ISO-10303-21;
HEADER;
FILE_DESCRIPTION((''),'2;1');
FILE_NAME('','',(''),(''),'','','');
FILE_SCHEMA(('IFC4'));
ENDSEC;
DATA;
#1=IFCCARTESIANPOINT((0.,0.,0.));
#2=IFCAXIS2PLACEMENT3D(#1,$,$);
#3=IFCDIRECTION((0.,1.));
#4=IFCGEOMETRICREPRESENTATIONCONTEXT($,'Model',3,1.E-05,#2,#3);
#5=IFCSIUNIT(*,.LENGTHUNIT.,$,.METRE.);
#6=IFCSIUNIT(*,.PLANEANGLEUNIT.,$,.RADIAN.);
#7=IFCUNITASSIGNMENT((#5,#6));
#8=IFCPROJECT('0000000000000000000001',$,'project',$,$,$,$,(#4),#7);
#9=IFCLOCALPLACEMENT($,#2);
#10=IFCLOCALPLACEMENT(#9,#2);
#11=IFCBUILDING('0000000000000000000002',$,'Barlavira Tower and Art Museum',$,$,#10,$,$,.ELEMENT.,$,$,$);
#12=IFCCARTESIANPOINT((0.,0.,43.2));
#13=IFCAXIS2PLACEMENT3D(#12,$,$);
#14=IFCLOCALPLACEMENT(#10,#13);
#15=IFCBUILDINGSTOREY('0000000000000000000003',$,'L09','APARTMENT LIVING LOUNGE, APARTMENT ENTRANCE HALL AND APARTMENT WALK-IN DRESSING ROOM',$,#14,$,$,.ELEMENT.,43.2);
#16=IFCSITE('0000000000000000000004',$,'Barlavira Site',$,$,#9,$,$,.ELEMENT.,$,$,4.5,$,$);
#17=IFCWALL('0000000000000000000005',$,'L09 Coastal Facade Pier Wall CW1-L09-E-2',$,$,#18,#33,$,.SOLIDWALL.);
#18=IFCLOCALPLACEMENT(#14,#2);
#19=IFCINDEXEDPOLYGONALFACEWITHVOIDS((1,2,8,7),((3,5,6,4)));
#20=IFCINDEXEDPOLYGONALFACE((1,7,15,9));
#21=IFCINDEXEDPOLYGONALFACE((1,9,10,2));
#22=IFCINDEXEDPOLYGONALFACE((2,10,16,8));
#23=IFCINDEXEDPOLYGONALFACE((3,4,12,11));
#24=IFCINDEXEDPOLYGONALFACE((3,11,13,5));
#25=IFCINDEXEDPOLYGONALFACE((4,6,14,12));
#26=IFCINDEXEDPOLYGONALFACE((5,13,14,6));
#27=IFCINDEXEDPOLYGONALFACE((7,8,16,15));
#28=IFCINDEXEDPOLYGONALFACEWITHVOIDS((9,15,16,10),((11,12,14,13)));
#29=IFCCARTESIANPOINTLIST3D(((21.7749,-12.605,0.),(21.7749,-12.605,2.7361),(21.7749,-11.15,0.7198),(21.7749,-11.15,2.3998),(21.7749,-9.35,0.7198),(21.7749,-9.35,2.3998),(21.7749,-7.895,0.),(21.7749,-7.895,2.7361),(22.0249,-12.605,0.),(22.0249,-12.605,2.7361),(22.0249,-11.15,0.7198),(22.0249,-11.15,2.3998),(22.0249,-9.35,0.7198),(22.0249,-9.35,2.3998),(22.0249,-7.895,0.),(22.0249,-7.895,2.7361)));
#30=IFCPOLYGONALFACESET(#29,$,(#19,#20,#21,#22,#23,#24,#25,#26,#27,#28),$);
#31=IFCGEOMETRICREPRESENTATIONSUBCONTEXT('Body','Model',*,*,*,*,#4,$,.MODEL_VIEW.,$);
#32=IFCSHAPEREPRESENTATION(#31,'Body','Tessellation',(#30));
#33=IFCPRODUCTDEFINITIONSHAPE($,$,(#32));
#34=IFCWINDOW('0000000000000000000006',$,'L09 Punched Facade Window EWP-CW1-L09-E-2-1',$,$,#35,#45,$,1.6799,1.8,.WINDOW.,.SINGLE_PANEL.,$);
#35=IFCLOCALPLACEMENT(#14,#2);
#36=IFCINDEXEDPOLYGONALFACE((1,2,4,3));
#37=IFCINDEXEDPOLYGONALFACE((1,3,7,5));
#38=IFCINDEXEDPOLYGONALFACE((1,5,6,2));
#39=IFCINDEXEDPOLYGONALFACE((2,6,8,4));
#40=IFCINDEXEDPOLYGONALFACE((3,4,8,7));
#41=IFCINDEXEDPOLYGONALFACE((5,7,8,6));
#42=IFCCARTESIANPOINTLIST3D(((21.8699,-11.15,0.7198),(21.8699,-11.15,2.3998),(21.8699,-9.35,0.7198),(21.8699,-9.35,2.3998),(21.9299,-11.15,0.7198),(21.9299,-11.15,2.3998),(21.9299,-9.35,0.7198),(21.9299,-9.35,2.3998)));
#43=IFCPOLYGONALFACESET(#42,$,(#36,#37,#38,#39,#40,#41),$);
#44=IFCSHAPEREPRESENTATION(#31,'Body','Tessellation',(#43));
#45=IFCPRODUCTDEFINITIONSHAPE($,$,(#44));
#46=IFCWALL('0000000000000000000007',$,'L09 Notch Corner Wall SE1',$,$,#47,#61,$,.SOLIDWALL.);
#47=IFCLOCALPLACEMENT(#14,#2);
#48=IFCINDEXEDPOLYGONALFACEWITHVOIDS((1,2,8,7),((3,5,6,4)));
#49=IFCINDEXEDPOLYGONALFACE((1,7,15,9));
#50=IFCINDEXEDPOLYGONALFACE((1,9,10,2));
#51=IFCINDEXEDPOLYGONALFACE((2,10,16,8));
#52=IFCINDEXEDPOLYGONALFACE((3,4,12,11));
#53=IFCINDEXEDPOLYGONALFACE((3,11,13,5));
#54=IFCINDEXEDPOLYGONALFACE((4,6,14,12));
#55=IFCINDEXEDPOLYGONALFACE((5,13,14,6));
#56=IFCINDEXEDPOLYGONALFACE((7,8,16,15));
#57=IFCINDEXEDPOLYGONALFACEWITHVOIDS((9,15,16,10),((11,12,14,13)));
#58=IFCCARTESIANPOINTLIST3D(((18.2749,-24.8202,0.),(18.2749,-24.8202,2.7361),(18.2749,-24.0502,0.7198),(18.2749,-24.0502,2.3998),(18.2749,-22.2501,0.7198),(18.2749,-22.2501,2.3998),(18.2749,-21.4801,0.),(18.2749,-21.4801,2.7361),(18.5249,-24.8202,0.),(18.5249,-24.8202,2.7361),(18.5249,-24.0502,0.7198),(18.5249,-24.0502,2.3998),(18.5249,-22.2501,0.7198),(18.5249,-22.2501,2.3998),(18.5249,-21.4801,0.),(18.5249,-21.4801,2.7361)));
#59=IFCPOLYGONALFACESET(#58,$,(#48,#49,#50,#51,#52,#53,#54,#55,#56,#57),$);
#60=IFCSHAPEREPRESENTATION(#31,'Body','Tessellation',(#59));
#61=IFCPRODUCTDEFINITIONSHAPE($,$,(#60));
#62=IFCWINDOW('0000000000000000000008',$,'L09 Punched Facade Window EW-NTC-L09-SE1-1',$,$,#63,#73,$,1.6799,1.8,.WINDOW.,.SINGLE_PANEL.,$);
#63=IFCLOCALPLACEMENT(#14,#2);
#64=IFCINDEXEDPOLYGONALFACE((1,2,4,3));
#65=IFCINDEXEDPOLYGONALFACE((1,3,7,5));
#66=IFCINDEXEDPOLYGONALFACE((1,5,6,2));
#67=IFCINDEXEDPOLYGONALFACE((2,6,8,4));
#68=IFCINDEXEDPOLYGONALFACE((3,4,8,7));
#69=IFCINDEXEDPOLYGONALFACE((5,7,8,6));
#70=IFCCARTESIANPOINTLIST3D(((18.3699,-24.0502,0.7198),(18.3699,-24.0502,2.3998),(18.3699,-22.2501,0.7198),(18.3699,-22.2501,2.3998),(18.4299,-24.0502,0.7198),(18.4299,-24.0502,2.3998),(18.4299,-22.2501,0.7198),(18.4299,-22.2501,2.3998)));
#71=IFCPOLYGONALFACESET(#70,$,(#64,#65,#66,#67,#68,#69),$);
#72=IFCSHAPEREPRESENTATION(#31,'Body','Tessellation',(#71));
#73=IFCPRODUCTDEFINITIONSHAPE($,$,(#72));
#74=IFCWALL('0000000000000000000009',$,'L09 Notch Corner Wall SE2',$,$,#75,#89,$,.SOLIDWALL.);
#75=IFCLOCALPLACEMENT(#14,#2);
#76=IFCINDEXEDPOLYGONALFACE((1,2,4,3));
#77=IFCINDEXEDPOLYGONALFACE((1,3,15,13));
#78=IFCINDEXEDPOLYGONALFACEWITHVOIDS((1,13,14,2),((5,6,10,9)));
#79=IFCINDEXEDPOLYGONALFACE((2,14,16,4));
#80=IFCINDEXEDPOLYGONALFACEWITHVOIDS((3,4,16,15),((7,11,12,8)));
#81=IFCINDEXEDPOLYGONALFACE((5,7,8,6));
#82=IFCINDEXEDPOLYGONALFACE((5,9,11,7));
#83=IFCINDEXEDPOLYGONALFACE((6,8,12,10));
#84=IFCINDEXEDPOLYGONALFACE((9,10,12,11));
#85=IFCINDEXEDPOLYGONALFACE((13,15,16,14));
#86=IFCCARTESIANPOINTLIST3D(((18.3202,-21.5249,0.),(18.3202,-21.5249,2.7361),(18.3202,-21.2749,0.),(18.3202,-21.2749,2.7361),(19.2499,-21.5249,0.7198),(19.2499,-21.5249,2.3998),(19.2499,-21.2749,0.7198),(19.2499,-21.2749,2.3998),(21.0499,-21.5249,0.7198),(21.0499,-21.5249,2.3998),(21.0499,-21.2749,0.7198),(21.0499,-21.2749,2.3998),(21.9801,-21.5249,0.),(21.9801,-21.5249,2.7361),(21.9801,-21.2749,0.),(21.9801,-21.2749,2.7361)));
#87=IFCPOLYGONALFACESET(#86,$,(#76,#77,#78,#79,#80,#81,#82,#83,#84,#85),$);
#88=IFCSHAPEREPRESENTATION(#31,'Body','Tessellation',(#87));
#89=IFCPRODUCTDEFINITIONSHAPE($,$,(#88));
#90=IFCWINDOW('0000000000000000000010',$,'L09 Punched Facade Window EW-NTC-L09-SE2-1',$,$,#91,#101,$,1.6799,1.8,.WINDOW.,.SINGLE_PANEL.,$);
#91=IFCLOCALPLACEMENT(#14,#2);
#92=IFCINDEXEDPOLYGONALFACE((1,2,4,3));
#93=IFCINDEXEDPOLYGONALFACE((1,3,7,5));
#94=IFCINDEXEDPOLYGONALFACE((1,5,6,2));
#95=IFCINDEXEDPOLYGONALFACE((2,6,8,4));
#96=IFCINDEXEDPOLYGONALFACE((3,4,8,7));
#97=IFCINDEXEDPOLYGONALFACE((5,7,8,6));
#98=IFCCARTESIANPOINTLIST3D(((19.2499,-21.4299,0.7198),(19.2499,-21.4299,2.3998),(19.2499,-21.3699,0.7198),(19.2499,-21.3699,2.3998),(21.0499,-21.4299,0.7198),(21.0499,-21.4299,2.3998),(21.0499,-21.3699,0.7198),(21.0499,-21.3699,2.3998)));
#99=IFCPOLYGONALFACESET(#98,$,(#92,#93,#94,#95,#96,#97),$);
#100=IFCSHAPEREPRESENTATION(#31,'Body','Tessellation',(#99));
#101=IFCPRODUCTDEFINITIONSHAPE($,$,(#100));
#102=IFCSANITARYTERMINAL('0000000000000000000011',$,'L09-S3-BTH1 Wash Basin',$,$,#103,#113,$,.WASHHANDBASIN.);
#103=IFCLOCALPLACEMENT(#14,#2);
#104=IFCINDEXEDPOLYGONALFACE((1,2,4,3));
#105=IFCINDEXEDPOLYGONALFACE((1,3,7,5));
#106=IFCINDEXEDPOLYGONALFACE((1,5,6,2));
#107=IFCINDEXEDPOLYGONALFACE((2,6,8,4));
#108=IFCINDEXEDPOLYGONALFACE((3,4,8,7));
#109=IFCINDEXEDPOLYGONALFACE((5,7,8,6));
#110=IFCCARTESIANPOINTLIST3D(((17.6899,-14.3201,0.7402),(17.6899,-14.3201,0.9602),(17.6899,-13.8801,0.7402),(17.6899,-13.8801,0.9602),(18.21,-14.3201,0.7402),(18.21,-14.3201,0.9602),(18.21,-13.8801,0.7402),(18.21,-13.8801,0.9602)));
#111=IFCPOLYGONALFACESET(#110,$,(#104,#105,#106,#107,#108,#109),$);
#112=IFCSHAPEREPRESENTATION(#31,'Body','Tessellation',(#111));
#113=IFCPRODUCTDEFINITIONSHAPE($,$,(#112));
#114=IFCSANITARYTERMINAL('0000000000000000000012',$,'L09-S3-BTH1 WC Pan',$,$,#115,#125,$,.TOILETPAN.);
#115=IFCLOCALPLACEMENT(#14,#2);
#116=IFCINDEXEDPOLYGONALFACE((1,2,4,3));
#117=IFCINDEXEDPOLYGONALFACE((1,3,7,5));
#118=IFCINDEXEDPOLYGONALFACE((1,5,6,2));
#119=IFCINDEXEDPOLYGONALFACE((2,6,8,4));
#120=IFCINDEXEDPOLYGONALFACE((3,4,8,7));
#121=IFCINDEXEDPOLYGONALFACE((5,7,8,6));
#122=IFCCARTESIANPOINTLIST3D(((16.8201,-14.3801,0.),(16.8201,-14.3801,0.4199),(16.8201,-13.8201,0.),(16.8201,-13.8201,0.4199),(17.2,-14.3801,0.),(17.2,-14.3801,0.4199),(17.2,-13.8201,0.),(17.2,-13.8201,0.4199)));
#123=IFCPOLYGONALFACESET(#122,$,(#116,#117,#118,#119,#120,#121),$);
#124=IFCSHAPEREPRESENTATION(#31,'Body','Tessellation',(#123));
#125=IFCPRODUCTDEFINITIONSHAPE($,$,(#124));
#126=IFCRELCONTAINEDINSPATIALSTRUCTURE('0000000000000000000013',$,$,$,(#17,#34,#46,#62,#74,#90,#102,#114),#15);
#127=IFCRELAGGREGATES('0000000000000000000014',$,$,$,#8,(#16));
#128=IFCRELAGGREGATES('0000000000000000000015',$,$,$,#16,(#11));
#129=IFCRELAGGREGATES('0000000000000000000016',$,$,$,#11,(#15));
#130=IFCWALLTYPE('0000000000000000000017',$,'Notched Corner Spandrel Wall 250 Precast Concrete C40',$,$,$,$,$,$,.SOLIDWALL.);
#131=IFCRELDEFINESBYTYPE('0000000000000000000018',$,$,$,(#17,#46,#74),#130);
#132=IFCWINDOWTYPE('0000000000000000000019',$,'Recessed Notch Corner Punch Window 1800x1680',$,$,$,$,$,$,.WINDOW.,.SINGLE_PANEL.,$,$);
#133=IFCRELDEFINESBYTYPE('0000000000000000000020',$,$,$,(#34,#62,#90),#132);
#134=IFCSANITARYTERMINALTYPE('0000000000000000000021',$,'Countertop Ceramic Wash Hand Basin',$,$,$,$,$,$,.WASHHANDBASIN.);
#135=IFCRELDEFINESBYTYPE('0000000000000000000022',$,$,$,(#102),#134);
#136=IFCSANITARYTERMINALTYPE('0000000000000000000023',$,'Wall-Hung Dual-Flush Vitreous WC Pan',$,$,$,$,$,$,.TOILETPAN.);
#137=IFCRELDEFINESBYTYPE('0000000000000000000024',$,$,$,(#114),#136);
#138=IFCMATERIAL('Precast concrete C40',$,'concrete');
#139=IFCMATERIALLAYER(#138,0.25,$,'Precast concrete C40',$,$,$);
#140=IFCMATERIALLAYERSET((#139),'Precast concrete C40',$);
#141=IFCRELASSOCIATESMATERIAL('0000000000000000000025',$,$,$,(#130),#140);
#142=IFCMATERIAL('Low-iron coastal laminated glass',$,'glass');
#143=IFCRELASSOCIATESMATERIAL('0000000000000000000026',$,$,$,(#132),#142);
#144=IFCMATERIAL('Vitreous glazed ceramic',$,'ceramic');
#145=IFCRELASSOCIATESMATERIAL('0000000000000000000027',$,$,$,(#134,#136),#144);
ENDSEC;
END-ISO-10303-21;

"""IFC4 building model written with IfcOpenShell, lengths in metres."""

from ifc_helpers import new_model, si_unit, direction, frame, frame_2d, origin, origin_2d, place, context, subcontext, project, spatial, rectangle, extrude, material, layer, layer_set, type_object, element, fill, save


model = new_model("IFC4")

# Units and contexts
model_context = context("Model", 3, precision=1e-05, world=origin(), true_north=direction((0.0, 1.0)))
body_context = subcontext(model_context, "Body", "Model", "MODEL_VIEW")
ifc_project = project(units=[si_unit("LENGTHUNIT", "METRE"), si_unit("PLANEANGLEUNIT", "RADIAN")], contexts=[model_context])

# Site, building, storey
site_placement = place(None, origin())
site = spatial("IfcSite", under=ifc_project, at=site_placement, Name="Barlavira Site", CompositionType="ELEMENT", RefElevation=4.5)
building_placement = place(site_placement, origin())
building = spatial("IfcBuilding", under=site, at=building_placement, Name="Barlavira Tower and Art Museum", CompositionType="ELEMENT")
storey_placement = place(building_placement, frame((0.0, 0.0, 43.2)))
storey = spatial("IfcBuildingStorey", under=building, at=storey_placement, Name="L09", Description="APARTMENT LIVING LOUNGE, APARTMENT ENTRANCE HALL AND APARTMENT WALK-IN DRESSING ROOM", CompositionType="ELEMENT", Elevation=43.2)

# Shared definitions
ifc_material_1 = material(Name="Precast concrete C40", Category="concrete")
ifc_layer_1 = layer(ifc_material_1, 0.25, Name="Precast concrete C40")
ifc_layer_set_1 = layer_set([ifc_layer_1], Name="Precast concrete C40")
wall_type_1 = type_object("IfcWallType", Name="Notched Corner Spandrel Wall 250 Precast Concrete C40", PredefinedType="SOLIDWALL", material=ifc_layer_set_1)
ifc_material_2 = material(Name="Low-iron coastal laminated glass", Category="glass")
window_type = type_object("IfcWindowType", Name="Recessed Notch Corner Punch Window 1800x1680", PartitioningType="SINGLE_PANEL", PredefinedType="WINDOW", material=ifc_material_2)

# Walls, openings, windows
wall_1_placement = place(storey_placement, frame((21.8999, -12.605, 0.0), z_axis=(0.0, 0.0, 1.0), x_axis=(0.0, 1.0, 0.0)))
wall_1 = element("IfcWall", 1, at=wall_1_placement, inside=storey, type_object=wall_type_1, Name="L09 Coastal Facade Pier Wall CW1-L09-E-2", PredefinedType="SOLIDWALL", context=body_context, shape_type="SweptSolid", body=[
    extrude(rectangle(XDim=4.71, YDim=0.25, at=frame_2d((2.355, 0.0))), origin(), (0.0, 0.0, 1.0), 2.7361),
])
opening_1_placement = place(wall_1_placement, frame((1.4551, 0.0, 0.72)))
opening_1 = element("IfcOpeningElement", 2, at=opening_1_placement, cuts=wall_1, PredefinedType="OPENING", context=body_context, shape_type="SweptSolid", body=[
    extrude(rectangle(XDim=1.8, YDim=1.6799, at=frame_2d((0.8999, 0.8398))), frame((0.0, 0.135, 0.0), z_axis=(0.0, -1.0, 0.0), x_axis=(1.0, 0.0, 0.0)), (0.0, 0.0, 1.0), 0.27),
])
window_1_placement = place(opening_1_placement, origin())
window_1 = element("IfcWindow", 3, at=window_1_placement, inside=storey, type_object=window_type, Name="L09 Punched Facade Window EWP-CW1-L09-E-2-1", OverallHeight=1.6799, OverallWidth=1.8, PartitioningType="SINGLE_PANEL", PredefinedType="WINDOW", context=body_context, shape_type="SweptSolid", body=[
    extrude(rectangle(XDim=1.8, YDim=1.6799, at=frame_2d((0.8999, 0.8398))), frame((0.0, 0.03, 0.0), z_axis=(0.0, -1.0, 0.0), x_axis=(1.0, 0.0, 0.0)), (0.0, 0.0, 1.0), 0.0601),
])
fill(opening_1, window_1)
wall_2_placement = place(storey_placement, frame((18.3999, -24.8201, 0.0), z_axis=(0.0, 0.0, 1.0), x_axis=(0.0, 1.0, 0.0)))
wall_2 = element("IfcWall", 4, at=wall_2_placement, inside=storey, type_object=wall_type_1, Name="L09 Notch Corner Wall SE1", PredefinedType="SOLIDWALL", context=body_context, shape_type="SweptSolid", body=[
    extrude(rectangle(XDim=3.3401, YDim=0.25, at=frame_2d((1.6699, 0.0))), origin(), (0.0, 0.0, 1.0), 2.7361),
])
opening_2_placement = place(wall_2_placement, frame((0.77, 0.0, 0.72)))
opening_2 = element("IfcOpeningElement", 5, at=opening_2_placement, cuts=wall_2, PredefinedType="OPENING", context=body_context, shape_type="SweptSolid", body=[
    extrude(rectangle(XDim=1.8, YDim=1.6799, at=frame_2d((0.8999, 0.8398))), frame((0.0, 0.135, 0.0), z_axis=(0.0, -1.0, 0.0), x_axis=(1.0, 0.0, 0.0)), (0.0, 0.0, 1.0), 0.27),
])
window_2_placement = place(opening_2_placement, origin())
window_2 = element("IfcWindow", 6, at=window_2_placement, inside=storey, type_object=window_type, Name="L09 Punched Facade Window EW-NTC-L09-SE1-1", OverallHeight=1.6799, OverallWidth=1.8, PartitioningType="SINGLE_PANEL", PredefinedType="WINDOW", context=body_context, shape_type="SweptSolid", body=[
    extrude(rectangle(XDim=1.8, YDim=1.6799, at=frame_2d((0.8999, 0.8398))), frame((0.0, 0.03, 0.0), z_axis=(0.0, -1.0, 0.0), x_axis=(1.0, 0.0, 0.0)), (0.0, 0.0, 1.0), 0.0601),
])
fill(opening_2, window_2)
wall_3_placement = place(storey_placement, frame((18.3201, -21.3999, 0.0), z_axis=(0.0, 0.0, 1.0), x_axis=(1.0, 0.0, 0.0)))
wall_3 = element("IfcWall", 7, at=wall_3_placement, inside=storey, type_object=wall_type_1, Name="L09 Notch Corner Wall SE2", PredefinedType="SOLIDWALL", context=body_context, shape_type="SweptSolid", body=[
    extrude(rectangle(XDim=3.6599, YDim=0.25, at=frame_2d((1.8301, 0.0))), origin(), (0.0, 0.0, 1.0), 2.7361),
])
opening_3_placement = place(wall_3_placement, frame((0.9299, 0.0, 0.72)))
opening_3 = element("IfcOpeningElement", 8, at=opening_3_placement, cuts=wall_3, PredefinedType="OPENING", context=body_context, shape_type="SweptSolid", body=[
    extrude(rectangle(XDim=1.8, YDim=1.6799, at=frame_2d((0.8999, 0.8398))), frame((0.0, 0.135, 0.0), z_axis=(0.0, -1.0, 0.0), x_axis=(1.0, 0.0, 0.0)), (0.0, 0.0, 1.0), 0.27),
])
window_3_placement = place(opening_3_placement, origin())
window_3 = element("IfcWindow", 9, at=window_3_placement, inside=storey, type_object=window_type, Name="L09 Punched Facade Window EW-NTC-L09-SE2-1", OverallHeight=1.6799, OverallWidth=1.8, PartitioningType="SINGLE_PANEL", PredefinedType="WINDOW", context=body_context, shape_type="SweptSolid", body=[
    extrude(rectangle(XDim=1.8, YDim=1.6799, at=frame_2d((0.8999, 0.8398))), frame((0.0, 0.03, 0.0), z_axis=(0.0, -1.0, 0.0), x_axis=(1.0, 0.0, 0.0)), (0.0, 0.0, 1.0), 0.0601),
])
fill(opening_3, window_3)

# Sanitary terminals
ifc_material_3 = material(Name="Vitreous glazed ceramic", Category="ceramic")
sanitary_terminal_type_1 = type_object("IfcSanitaryTerminalType", Name="Countertop Ceramic Wash Hand Basin", PredefinedType="WASHHANDBASIN", material=ifc_material_3)
sanitary_terminal_1_placement = place(storey_placement, frame((17.95, -14.1001, 0.7402), z_axis=(0.0, 0.0, 1.0), x_axis=(1.0, 0.0, 0.0)))
element("IfcSanitaryTerminal", 10, at=sanitary_terminal_1_placement, inside=storey, type_object=sanitary_terminal_type_1, Name="L09-S3-BTH1 Wash Basin", PredefinedType="WASHHANDBASIN", context=body_context, shape_type="SweptSolid", body=[
    extrude(rectangle(XDim=0.52, YDim=0.4399, at=origin_2d()), origin(), (0.0, 0.0, 1.0), 0.22),
])
sanitary_terminal_type_2 = type_object("IfcSanitaryTerminalType", Name="Wall-Hung Dual-Flush Vitreous WC Pan", PredefinedType="TOILETPAN", material=ifc_material_3)
sanitary_terminal_2_placement = place(storey_placement, frame((17.01, -14.1001, 0.0), z_axis=(0.0, 0.0, 1.0), x_axis=(1.0, 0.0, 0.0)))
element("IfcSanitaryTerminal", 11, at=sanitary_terminal_2_placement, inside=storey, type_object=sanitary_terminal_type_2, Name="L09-S3-BTH1 WC Pan", PredefinedType="TOILETPAN", context=body_context, shape_type="SweptSolid", body=[
    extrude(rectangle(XDim=0.3799, YDim=0.5601, at=origin_2d()), origin(), (0.0, 0.0, 1.0), 0.4199),
])

save(model, "model.ifc")
